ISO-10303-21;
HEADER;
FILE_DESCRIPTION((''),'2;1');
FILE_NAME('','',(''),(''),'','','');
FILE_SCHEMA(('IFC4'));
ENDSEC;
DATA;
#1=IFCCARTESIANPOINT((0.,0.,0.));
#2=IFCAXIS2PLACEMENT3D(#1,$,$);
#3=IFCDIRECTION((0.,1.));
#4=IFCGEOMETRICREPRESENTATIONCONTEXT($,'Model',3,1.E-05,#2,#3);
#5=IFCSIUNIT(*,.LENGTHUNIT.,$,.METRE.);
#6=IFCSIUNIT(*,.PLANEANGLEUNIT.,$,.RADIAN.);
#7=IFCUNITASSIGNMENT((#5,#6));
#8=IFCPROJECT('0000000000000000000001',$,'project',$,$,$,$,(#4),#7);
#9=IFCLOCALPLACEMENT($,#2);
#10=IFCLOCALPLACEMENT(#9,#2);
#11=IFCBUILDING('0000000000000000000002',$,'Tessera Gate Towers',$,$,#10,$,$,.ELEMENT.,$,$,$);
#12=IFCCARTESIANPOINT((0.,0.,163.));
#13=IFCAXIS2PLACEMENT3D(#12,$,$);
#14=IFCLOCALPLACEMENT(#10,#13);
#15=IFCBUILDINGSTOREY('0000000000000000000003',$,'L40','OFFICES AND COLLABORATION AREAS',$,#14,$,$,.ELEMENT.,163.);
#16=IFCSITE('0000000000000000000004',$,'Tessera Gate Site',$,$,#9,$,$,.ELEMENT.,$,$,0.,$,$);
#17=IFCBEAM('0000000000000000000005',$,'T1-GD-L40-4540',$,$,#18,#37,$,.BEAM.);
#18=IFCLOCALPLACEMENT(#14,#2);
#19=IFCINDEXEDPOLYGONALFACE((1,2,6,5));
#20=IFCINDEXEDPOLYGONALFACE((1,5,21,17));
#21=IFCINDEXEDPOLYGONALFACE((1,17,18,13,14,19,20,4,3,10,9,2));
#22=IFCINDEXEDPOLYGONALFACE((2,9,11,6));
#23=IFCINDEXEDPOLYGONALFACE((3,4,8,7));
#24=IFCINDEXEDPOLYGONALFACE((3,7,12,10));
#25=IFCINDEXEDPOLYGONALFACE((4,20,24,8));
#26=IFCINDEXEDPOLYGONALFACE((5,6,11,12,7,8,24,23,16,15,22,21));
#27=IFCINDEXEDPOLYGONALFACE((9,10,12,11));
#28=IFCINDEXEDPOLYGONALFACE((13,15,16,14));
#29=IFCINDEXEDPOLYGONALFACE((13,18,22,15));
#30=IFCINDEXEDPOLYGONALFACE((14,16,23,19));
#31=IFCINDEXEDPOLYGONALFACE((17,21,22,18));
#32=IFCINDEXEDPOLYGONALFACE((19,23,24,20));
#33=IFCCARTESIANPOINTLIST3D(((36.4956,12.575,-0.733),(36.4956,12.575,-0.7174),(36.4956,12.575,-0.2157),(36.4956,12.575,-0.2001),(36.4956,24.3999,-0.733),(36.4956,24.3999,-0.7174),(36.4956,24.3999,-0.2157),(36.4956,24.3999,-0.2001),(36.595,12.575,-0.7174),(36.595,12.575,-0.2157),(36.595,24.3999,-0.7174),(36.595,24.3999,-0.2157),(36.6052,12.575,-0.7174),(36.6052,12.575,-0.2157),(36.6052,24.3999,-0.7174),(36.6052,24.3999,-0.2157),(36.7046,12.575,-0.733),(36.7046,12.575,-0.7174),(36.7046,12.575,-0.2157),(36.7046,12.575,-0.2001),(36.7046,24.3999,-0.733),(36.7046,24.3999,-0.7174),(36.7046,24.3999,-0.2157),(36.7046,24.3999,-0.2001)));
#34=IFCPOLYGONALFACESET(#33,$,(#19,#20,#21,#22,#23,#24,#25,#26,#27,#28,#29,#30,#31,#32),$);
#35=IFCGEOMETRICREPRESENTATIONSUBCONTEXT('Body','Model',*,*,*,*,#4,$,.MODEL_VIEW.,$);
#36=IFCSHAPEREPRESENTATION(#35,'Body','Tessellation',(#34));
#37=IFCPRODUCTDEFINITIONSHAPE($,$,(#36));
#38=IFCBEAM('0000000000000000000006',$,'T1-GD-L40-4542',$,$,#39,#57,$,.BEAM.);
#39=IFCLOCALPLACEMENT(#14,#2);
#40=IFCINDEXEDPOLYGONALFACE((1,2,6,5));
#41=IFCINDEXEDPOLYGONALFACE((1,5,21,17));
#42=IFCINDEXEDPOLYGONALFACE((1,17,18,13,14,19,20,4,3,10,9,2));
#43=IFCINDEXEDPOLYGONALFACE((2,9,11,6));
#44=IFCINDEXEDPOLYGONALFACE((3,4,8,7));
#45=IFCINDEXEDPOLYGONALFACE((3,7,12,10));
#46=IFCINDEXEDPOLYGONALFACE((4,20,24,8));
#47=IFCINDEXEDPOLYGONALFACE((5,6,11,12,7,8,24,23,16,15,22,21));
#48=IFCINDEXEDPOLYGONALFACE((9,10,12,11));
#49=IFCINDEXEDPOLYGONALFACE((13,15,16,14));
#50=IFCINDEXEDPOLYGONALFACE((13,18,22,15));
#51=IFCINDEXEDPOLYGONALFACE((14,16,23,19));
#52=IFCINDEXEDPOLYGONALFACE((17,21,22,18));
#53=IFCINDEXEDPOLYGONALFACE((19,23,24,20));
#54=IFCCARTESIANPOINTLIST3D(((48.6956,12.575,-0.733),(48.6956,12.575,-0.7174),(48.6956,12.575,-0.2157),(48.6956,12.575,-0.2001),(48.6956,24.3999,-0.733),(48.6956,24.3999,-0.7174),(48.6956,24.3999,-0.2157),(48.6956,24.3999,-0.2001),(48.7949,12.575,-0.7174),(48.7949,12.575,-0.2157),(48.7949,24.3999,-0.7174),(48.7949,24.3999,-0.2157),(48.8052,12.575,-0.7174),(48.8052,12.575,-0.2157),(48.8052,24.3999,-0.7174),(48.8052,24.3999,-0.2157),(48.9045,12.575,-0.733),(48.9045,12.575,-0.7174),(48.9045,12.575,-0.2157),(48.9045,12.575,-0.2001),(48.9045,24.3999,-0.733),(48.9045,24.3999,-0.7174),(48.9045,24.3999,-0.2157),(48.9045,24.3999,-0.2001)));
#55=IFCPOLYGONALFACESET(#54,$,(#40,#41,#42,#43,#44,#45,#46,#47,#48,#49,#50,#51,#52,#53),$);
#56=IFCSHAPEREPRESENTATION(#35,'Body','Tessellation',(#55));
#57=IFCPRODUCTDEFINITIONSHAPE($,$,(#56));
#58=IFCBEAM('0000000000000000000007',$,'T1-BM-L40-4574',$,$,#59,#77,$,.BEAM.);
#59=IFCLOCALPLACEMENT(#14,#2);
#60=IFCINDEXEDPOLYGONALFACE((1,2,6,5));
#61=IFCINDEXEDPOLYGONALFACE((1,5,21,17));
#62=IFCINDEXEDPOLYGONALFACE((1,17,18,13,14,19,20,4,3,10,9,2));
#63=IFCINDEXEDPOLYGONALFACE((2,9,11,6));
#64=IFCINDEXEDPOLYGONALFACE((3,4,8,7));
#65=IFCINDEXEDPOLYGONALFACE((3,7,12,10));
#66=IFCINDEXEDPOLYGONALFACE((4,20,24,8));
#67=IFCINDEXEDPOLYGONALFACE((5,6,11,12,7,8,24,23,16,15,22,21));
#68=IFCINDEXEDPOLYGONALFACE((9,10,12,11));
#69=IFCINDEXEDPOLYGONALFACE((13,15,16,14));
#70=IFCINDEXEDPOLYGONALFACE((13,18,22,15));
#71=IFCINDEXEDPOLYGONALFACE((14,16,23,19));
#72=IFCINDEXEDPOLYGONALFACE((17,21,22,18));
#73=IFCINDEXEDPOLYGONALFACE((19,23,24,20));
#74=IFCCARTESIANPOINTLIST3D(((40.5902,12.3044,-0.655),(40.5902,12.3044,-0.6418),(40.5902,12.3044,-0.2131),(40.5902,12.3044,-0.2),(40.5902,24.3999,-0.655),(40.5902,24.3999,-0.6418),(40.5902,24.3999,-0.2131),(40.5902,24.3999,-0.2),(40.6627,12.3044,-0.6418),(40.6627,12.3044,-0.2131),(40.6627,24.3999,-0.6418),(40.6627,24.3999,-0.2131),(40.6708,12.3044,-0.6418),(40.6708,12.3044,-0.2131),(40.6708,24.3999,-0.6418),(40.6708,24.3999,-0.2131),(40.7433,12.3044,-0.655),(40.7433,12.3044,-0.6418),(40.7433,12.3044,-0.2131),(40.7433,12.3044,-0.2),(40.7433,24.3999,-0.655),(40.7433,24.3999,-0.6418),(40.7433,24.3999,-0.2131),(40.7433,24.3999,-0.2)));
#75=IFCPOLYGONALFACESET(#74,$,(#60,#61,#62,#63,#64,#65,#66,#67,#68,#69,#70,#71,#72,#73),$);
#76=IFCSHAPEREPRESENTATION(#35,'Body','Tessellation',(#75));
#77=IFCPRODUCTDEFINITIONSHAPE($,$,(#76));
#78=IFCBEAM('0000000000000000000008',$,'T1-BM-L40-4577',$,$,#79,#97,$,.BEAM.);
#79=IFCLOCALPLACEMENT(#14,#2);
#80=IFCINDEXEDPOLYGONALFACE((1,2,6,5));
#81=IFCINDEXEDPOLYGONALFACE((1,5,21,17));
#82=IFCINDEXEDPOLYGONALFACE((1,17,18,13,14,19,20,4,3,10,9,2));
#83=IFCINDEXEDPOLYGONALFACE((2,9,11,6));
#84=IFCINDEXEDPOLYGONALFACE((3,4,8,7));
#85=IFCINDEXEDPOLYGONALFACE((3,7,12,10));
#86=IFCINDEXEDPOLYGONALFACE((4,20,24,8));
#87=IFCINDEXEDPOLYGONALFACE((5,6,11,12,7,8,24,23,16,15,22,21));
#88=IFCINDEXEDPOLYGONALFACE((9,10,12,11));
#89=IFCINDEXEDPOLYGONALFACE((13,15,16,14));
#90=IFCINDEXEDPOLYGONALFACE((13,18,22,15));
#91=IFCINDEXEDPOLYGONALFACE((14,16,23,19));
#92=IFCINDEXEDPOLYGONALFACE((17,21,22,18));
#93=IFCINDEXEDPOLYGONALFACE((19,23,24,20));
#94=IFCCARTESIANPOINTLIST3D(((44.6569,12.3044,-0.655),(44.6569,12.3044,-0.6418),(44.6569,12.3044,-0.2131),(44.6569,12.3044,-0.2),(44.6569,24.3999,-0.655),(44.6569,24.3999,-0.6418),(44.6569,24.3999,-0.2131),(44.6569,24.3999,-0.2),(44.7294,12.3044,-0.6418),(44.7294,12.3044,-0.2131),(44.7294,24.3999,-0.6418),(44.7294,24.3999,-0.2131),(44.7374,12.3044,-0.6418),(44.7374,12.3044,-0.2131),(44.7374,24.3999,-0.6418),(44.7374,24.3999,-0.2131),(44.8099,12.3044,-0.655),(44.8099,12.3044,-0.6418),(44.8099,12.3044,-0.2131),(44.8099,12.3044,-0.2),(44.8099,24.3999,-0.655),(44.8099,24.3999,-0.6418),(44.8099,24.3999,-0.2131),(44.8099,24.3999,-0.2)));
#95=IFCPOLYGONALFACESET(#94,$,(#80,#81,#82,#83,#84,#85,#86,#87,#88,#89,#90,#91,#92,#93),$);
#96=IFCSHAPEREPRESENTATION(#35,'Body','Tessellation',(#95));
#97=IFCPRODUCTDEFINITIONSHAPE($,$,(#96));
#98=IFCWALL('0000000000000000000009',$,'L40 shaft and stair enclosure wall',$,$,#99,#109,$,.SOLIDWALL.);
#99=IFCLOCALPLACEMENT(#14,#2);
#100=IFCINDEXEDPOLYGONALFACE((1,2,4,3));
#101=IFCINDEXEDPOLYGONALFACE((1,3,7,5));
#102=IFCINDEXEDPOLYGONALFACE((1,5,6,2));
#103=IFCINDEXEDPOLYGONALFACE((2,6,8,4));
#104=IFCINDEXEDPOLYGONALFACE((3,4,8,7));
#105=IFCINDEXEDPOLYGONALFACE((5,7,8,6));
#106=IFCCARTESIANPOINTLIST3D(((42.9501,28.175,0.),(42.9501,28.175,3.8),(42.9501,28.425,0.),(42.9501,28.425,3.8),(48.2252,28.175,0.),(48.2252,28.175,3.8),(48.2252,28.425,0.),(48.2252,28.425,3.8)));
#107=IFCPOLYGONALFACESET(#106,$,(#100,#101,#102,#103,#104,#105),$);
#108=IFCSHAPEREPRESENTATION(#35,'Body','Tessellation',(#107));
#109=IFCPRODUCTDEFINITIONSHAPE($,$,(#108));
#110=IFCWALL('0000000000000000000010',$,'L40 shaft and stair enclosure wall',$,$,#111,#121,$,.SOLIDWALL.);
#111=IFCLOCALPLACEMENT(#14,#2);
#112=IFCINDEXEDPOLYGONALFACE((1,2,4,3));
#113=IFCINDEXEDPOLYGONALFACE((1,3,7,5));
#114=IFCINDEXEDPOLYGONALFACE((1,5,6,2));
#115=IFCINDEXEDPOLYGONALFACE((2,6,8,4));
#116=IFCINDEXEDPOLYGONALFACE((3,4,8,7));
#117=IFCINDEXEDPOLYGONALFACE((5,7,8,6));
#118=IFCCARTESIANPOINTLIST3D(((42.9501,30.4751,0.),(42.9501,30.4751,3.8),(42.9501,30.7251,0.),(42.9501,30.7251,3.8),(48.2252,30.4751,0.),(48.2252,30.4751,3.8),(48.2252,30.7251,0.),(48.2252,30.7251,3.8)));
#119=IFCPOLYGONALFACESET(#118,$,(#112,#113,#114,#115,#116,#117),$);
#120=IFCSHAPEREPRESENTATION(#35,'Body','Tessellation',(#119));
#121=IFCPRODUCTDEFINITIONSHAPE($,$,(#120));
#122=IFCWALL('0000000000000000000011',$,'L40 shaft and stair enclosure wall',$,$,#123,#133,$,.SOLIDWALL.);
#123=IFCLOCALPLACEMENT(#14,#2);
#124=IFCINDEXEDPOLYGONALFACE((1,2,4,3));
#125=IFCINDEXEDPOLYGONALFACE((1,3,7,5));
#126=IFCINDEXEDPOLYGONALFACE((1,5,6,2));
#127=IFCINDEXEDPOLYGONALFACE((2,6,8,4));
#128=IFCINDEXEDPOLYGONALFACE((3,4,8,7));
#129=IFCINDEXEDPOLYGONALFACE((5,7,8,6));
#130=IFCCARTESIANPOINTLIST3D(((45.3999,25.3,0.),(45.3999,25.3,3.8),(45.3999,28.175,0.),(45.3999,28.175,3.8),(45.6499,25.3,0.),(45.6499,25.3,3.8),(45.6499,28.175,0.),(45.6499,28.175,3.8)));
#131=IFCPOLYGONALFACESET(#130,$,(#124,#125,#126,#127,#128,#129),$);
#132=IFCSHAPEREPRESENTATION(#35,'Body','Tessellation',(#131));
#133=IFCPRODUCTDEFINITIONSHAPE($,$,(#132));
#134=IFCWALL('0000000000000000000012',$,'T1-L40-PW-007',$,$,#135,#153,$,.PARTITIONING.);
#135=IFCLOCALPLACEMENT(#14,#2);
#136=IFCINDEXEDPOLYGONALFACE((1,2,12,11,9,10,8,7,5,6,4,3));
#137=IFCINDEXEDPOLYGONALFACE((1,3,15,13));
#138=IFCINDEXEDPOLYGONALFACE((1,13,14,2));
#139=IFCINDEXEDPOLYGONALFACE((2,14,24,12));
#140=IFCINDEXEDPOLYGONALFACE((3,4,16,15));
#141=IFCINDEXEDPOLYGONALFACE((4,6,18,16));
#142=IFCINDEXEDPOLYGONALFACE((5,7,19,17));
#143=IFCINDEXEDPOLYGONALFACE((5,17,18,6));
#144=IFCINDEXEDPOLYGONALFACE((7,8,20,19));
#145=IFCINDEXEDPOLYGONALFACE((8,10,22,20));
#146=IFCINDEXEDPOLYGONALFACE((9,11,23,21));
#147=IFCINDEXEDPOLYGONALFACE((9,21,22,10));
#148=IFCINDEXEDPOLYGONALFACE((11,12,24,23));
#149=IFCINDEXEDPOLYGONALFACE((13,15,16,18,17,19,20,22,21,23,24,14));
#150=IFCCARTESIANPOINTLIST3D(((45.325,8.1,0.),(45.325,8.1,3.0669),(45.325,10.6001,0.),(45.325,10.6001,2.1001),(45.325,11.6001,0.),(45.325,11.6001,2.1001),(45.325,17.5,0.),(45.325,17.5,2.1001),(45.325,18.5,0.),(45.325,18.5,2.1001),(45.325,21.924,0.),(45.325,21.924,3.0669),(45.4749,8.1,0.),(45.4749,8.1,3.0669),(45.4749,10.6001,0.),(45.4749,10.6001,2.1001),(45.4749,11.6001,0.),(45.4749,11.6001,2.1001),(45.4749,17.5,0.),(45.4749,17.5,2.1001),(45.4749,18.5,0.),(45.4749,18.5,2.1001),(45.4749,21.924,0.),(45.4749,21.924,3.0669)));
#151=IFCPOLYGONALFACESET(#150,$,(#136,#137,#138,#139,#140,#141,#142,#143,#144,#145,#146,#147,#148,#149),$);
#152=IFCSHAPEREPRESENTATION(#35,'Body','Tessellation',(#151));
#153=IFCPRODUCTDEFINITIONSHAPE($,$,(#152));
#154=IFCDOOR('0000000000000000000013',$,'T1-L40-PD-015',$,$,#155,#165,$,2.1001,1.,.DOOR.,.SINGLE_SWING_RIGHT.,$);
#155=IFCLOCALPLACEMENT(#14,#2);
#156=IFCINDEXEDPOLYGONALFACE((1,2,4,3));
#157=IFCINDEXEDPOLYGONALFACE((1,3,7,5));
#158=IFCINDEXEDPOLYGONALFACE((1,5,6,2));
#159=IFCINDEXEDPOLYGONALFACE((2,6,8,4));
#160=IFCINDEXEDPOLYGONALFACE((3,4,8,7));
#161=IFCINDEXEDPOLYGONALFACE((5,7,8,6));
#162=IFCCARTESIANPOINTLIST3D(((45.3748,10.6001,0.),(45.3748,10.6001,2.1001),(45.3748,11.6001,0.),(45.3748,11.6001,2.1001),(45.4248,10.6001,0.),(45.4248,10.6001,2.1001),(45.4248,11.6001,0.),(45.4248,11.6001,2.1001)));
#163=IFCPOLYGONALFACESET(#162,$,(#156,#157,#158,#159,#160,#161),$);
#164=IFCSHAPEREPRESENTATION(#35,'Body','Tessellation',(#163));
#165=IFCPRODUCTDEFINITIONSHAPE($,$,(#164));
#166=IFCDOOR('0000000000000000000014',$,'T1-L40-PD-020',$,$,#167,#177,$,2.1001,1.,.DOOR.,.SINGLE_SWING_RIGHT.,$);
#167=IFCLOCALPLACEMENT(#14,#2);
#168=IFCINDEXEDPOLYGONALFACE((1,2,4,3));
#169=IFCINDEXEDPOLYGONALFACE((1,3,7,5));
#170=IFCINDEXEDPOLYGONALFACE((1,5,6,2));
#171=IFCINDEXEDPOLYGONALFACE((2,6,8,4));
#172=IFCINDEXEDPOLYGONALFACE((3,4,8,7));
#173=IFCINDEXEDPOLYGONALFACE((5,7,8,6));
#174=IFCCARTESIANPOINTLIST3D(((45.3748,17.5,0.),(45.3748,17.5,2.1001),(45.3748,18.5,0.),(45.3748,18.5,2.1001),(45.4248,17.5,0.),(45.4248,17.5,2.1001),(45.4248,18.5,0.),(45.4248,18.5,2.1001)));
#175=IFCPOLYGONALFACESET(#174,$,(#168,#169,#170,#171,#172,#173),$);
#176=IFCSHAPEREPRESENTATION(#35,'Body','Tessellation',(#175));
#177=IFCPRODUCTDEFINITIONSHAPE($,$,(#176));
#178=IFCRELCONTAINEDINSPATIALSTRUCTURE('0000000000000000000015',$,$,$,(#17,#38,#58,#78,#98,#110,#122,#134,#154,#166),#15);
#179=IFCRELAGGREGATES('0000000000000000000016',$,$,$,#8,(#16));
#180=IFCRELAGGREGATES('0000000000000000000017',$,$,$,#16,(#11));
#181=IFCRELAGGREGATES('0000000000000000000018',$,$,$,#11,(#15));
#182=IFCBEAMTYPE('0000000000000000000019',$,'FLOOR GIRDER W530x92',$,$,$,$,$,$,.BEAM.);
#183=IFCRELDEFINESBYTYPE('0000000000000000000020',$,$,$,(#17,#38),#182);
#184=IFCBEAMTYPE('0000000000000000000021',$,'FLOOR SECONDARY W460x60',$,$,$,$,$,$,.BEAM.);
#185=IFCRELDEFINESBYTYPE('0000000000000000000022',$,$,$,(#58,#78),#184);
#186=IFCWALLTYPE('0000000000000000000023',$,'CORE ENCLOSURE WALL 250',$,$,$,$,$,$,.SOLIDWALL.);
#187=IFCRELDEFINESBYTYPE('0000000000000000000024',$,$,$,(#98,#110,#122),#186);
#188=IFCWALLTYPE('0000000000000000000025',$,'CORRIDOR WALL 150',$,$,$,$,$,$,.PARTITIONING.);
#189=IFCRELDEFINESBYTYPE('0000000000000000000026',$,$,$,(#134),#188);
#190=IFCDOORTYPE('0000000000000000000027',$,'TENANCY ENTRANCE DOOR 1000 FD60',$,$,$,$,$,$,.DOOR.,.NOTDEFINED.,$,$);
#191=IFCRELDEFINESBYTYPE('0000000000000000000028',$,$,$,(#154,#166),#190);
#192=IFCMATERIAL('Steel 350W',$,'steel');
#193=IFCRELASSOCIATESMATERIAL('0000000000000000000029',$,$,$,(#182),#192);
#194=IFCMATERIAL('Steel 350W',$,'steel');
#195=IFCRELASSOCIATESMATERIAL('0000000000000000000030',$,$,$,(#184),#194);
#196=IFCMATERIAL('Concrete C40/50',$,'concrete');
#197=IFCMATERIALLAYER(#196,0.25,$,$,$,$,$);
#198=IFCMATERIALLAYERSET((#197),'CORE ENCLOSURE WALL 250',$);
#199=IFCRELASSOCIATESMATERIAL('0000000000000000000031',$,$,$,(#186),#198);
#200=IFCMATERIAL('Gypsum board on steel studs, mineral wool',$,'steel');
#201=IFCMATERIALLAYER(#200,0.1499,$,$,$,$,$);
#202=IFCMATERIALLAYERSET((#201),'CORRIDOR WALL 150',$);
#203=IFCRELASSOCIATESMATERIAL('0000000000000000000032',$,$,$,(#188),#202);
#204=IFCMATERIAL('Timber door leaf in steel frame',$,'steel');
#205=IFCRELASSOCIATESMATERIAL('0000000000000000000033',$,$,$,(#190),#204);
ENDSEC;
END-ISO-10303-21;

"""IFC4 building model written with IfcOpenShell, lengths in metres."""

from ifc_helpers import new_model, si_unit, direction, frame, frame_2d, origin, origin_2d, place, context, subcontext, project, spatial, rectangle, i_section, extrude, source, transform, mapped, material, layer, layer_set, material_profile, profile_set, type_object, element, fill, save


model = new_model("IFC4")

# Units and contexts
model_context = context("Model", 3, precision=1e-05, world=origin(), true_north=direction((0.0, 1.0)))
body_context = subcontext(model_context, "Body", "Model", "MODEL_VIEW")
ifc_project = project(units=[si_unit("LENGTHUNIT", "METRE"), si_unit("PLANEANGLEUNIT", "RADIAN")], contexts=[model_context])

# Site, building, storey
site_placement = place(None, origin())
site = spatial("IfcSite", under=ifc_project, at=site_placement, Name="Tessera Gate Site", CompositionType="ELEMENT", RefElevation=0.0)
building_placement = place(site_placement, origin())
building = spatial("IfcBuilding", under=site, at=building_placement, Name="Tessera Gate Towers", CompositionType="ELEMENT")
storey_placement = place(building_placement, frame((0.0, 0.0, 163.0)))
storey = spatial("IfcBuildingStorey", under=building, at=storey_placement, Name="L40", Description="OFFICES AND COLLABORATION AREAS", CompositionType="ELEMENT", Elevation=163.0)

# Beams
ifc_material_1 = material(Name="Steel 350W", Category="steel")
ifc_material_profile_1 = material_profile(ifc_material_1, i_section(OverallWidth=0.209, OverallDepth=0.533, WebThickness=0.0103, FlangeThickness=0.0156, at=origin_2d()), Name="W530x92")
ifc_profile_set_1 = profile_set([ifc_material_profile_1], Name="Steel 350W")
beam_type_1 = type_object("IfcBeamType", Name="FLOOR GIRDER W530x92", PredefinedType="BEAM", material=ifc_profile_set_1)
for number, where, z_axis, x_axis, name in (
    (1, (36.6001, 12.575, -0.4666), (0.0, 1.0, 0.0), (-1.0, 0.0, 0.0), "T1-GD-L40-4540"),
    (2, (48.8, 12.575, -0.4666), (0.0, 1.0, 0.0), (-1.0, 0.0, 0.0), "T1-GD-L40-4542"),
):
    element("IfcBeam", number, at=place(storey_placement, frame(where, z_axis=z_axis, x_axis=x_axis)), inside=storey, type_object=beam_type_1, Name=name, PredefinedType="BEAM", context=body_context, shape_type="SweptSolid", body=[
        extrude(i_section(OverallWidth=0.209, OverallDepth=0.533, WebThickness=0.0103, FlangeThickness=0.0156, at=origin_2d()), origin(), (0.0, 0.0, 1.0), 11.825),
    ])
ifc_material_2 = material(Name="Steel 350W", Category="steel")
ifc_material_profile_2 = material_profile(ifc_material_2, i_section(OverallWidth=0.1531, OverallDepth=0.4551, WebThickness=0.0081, FlangeThickness=0.0132, at=origin_2d()), Name="W460x60")
ifc_profile_set_2 = profile_set([ifc_material_profile_2], Name="Steel 350W")
beam_type_2 = type_object("IfcBeamType", Name="FLOOR SECONDARY W460x60", PredefinedType="BEAM", material=ifc_profile_set_2)
for number, where, z_axis, x_axis, name in (
    (3, (40.6667, 12.3044, -0.4275), (0.0, 1.0, 0.0), (-1.0, 0.0, 0.0), "T1-BM-L40-4574"),
    (4, (44.7334, 12.3044, -0.4275), (0.0, 1.0, 0.0), (-1.0, 0.0, 0.0), "T1-BM-L40-4577"),
):
    element("IfcBeam", number, at=place(storey_placement, frame(where, z_axis=z_axis, x_axis=x_axis)), inside=storey, type_object=beam_type_2, Name=name, PredefinedType="BEAM", context=body_context, shape_type="SweptSolid", body=[
        extrude(i_section(OverallWidth=0.1531, OverallDepth=0.4551, WebThickness=0.0081, FlangeThickness=0.0132, at=origin_2d()), origin(), (0.0, 0.0, 1.0), 12.0955),
    ])

# Walls
ifc_material_3 = material(Name="Concrete C40/50", Category="concrete")
ifc_layer_1 = layer(ifc_material_3, 0.25)
ifc_layer_set_1 = layer_set([ifc_layer_1], Name="CORE ENCLOSURE WALL 250")
wall_type_1 = type_object("IfcWallType", Name="CORE ENCLOSURE WALL 250", PredefinedType="SOLIDWALL", material=ifc_layer_set_1)
for number, where, z_axis, x_axis, name in (
    (5, (42.95, 28.3, 0.0), (0.0, 0.0, 1.0), (1.0, 0.0, 0.0), "L40 shaft and stair enclosure wall"),
    (6, (42.95, 30.6001, 0.0), (0.0, 0.0, 1.0), (1.0, 0.0, 0.0), "L40 shaft and stair enclosure wall"),
):
    element("IfcWall", number, at=place(storey_placement, frame(where, z_axis=z_axis, x_axis=x_axis)), inside=storey, type_object=wall_type_1, Name=name, PredefinedType="SOLIDWALL", context=body_context, shape_type="SweptSolid", body=[
        extrude(rectangle(XDim=5.2751, YDim=0.25, at=frame_2d((2.6377, 0.0))), origin(), (0.0, 0.0, 1.0), 3.8),
    ])
wall_1_placement = place(storey_placement, frame((45.5249, 25.3, 0.0), z_axis=(0.0, 0.0, 1.0), x_axis=(0.0, 1.0, 0.0)))
element("IfcWall", 7, at=wall_1_placement, inside=storey, type_object=wall_type_1, Name="L40 shaft and stair enclosure wall", PredefinedType="SOLIDWALL", context=body_context, shape_type="SweptSolid", body=[
    extrude(rectangle(XDim=2.875, YDim=0.25, at=frame_2d((1.4375, 0.0))), origin(), (0.0, 0.0, 1.0), 3.8),
])

# Wall, openings, doors
ifc_material_4 = material(Name="Gypsum board on steel studs, mineral wool", Category="steel")
ifc_layer_2 = layer(ifc_material_4, 0.1499)
ifc_layer_set_2 = layer_set([ifc_layer_2], Name="CORRIDOR WALL 150")
wall_type_2 = type_object("IfcWallType", Name="CORRIDOR WALL 150", PredefinedType="PARTITIONING", material=ifc_layer_set_2)
wall_2_placement = place(storey_placement, frame((45.3999, 21.9241, 0.0), z_axis=(0.0, 0.0, 1.0), x_axis=(0.0, -1.0, 0.0)))
wall_2 = element("IfcWall", 8, at=wall_2_placement, inside=storey, type_object=wall_type_2, Name="T1-L40-PW-007", PredefinedType="PARTITIONING", context=body_context, shape_type="SweptSolid", body=[
    extrude(rectangle(XDim=13.824, YDim=0.1499, at=frame_2d((6.9121, 0.0))), origin(), (0.0, 0.0, 1.0), 3.0669),
])
shared_shape_1 = source(origin(), body_context, "Body", "SweptSolid", [
    extrude(rectangle(XDim=1.0, YDim=2.1001, at=frame_2d((0.5, 1.05))), frame((0.0, 0.085, 0.0), z_axis=(0.0, -1.0, 0.0), x_axis=(1.0, 0.0, 0.0)), (0.0, 0.0, 1.0), 0.1699),
])
opening_1_placement = place(wall_2_placement, frame((10.324, 0.0, 0.0)))
opening_1 = element("IfcOpeningElement", 9, at=opening_1_placement, cuts=wall_2, PredefinedType="OPENING", context=body_context, shape_type="MappedRepresentation", body=[
    mapped(shared_shape_1, transform((0.0, 0.0, 0.0), scale=1.0)),
])
opening_2_placement = place(wall_2_placement, frame((3.4241, 0.0, 0.0)))
opening_2 = element("IfcOpeningElement", 10, at=opening_2_placement, cuts=wall_2, PredefinedType="OPENING", context=body_context, shape_type="MappedRepresentation", body=[
    mapped(shared_shape_1, transform((0.0, 0.0, 0.0), scale=1.0)),
])
ifc_material_5 = material(Name="Timber door leaf in steel frame", Category="steel")
door_type_1 = type_object("IfcDoorType", Name="TENANCY ENTRANCE DOOR 1000 FD60", OperationType="NOTDEFINED", PredefinedType="DOOR", material=ifc_material_5)
shared_shape_2 = source(origin(), body_context, "Body", "SweptSolid", [
    extrude(rectangle(XDim=1.0, YDim=2.1001, at=frame_2d((0.5, 1.05))), frame((0.0, 0.0249, 0.0), z_axis=(0.0, -1.0, 0.0), x_axis=(1.0, 0.0, 0.0)), (0.0, 0.0, 1.0), 0.05),
])
door_1_placement = place(opening_1_placement, origin())
door_1 = element("IfcDoor", 11, at=door_1_placement, inside=storey, type_object=door_type_1, Name="T1-L40-PD-015", OperationType="SINGLE_SWING_RIGHT", OverallHeight=2.1001, OverallWidth=1.0, PredefinedType="DOOR", context=body_context, shape_type="MappedRepresentation", body=[
    mapped(shared_shape_2, transform((0.0, 0.0, 0.0), scale=1.0)),
])
fill(opening_1, door_1)
door_2_placement = place(opening_2_placement, origin())
door_2 = element("IfcDoor", 12, at=door_2_placement, inside=storey, type_object=door_type_1, Name="T1-L40-PD-020", OperationType="SINGLE_SWING_RIGHT", OverallHeight=2.1001, OverallWidth=1.0, PredefinedType="DOOR", context=body_context, shape_type="MappedRepresentation", body=[
    mapped(shared_shape_2, transform((0.0, 0.0, 0.0), scale=1.0)),
])
fill(opening_2, door_2)

save(model, "model.ifc")
